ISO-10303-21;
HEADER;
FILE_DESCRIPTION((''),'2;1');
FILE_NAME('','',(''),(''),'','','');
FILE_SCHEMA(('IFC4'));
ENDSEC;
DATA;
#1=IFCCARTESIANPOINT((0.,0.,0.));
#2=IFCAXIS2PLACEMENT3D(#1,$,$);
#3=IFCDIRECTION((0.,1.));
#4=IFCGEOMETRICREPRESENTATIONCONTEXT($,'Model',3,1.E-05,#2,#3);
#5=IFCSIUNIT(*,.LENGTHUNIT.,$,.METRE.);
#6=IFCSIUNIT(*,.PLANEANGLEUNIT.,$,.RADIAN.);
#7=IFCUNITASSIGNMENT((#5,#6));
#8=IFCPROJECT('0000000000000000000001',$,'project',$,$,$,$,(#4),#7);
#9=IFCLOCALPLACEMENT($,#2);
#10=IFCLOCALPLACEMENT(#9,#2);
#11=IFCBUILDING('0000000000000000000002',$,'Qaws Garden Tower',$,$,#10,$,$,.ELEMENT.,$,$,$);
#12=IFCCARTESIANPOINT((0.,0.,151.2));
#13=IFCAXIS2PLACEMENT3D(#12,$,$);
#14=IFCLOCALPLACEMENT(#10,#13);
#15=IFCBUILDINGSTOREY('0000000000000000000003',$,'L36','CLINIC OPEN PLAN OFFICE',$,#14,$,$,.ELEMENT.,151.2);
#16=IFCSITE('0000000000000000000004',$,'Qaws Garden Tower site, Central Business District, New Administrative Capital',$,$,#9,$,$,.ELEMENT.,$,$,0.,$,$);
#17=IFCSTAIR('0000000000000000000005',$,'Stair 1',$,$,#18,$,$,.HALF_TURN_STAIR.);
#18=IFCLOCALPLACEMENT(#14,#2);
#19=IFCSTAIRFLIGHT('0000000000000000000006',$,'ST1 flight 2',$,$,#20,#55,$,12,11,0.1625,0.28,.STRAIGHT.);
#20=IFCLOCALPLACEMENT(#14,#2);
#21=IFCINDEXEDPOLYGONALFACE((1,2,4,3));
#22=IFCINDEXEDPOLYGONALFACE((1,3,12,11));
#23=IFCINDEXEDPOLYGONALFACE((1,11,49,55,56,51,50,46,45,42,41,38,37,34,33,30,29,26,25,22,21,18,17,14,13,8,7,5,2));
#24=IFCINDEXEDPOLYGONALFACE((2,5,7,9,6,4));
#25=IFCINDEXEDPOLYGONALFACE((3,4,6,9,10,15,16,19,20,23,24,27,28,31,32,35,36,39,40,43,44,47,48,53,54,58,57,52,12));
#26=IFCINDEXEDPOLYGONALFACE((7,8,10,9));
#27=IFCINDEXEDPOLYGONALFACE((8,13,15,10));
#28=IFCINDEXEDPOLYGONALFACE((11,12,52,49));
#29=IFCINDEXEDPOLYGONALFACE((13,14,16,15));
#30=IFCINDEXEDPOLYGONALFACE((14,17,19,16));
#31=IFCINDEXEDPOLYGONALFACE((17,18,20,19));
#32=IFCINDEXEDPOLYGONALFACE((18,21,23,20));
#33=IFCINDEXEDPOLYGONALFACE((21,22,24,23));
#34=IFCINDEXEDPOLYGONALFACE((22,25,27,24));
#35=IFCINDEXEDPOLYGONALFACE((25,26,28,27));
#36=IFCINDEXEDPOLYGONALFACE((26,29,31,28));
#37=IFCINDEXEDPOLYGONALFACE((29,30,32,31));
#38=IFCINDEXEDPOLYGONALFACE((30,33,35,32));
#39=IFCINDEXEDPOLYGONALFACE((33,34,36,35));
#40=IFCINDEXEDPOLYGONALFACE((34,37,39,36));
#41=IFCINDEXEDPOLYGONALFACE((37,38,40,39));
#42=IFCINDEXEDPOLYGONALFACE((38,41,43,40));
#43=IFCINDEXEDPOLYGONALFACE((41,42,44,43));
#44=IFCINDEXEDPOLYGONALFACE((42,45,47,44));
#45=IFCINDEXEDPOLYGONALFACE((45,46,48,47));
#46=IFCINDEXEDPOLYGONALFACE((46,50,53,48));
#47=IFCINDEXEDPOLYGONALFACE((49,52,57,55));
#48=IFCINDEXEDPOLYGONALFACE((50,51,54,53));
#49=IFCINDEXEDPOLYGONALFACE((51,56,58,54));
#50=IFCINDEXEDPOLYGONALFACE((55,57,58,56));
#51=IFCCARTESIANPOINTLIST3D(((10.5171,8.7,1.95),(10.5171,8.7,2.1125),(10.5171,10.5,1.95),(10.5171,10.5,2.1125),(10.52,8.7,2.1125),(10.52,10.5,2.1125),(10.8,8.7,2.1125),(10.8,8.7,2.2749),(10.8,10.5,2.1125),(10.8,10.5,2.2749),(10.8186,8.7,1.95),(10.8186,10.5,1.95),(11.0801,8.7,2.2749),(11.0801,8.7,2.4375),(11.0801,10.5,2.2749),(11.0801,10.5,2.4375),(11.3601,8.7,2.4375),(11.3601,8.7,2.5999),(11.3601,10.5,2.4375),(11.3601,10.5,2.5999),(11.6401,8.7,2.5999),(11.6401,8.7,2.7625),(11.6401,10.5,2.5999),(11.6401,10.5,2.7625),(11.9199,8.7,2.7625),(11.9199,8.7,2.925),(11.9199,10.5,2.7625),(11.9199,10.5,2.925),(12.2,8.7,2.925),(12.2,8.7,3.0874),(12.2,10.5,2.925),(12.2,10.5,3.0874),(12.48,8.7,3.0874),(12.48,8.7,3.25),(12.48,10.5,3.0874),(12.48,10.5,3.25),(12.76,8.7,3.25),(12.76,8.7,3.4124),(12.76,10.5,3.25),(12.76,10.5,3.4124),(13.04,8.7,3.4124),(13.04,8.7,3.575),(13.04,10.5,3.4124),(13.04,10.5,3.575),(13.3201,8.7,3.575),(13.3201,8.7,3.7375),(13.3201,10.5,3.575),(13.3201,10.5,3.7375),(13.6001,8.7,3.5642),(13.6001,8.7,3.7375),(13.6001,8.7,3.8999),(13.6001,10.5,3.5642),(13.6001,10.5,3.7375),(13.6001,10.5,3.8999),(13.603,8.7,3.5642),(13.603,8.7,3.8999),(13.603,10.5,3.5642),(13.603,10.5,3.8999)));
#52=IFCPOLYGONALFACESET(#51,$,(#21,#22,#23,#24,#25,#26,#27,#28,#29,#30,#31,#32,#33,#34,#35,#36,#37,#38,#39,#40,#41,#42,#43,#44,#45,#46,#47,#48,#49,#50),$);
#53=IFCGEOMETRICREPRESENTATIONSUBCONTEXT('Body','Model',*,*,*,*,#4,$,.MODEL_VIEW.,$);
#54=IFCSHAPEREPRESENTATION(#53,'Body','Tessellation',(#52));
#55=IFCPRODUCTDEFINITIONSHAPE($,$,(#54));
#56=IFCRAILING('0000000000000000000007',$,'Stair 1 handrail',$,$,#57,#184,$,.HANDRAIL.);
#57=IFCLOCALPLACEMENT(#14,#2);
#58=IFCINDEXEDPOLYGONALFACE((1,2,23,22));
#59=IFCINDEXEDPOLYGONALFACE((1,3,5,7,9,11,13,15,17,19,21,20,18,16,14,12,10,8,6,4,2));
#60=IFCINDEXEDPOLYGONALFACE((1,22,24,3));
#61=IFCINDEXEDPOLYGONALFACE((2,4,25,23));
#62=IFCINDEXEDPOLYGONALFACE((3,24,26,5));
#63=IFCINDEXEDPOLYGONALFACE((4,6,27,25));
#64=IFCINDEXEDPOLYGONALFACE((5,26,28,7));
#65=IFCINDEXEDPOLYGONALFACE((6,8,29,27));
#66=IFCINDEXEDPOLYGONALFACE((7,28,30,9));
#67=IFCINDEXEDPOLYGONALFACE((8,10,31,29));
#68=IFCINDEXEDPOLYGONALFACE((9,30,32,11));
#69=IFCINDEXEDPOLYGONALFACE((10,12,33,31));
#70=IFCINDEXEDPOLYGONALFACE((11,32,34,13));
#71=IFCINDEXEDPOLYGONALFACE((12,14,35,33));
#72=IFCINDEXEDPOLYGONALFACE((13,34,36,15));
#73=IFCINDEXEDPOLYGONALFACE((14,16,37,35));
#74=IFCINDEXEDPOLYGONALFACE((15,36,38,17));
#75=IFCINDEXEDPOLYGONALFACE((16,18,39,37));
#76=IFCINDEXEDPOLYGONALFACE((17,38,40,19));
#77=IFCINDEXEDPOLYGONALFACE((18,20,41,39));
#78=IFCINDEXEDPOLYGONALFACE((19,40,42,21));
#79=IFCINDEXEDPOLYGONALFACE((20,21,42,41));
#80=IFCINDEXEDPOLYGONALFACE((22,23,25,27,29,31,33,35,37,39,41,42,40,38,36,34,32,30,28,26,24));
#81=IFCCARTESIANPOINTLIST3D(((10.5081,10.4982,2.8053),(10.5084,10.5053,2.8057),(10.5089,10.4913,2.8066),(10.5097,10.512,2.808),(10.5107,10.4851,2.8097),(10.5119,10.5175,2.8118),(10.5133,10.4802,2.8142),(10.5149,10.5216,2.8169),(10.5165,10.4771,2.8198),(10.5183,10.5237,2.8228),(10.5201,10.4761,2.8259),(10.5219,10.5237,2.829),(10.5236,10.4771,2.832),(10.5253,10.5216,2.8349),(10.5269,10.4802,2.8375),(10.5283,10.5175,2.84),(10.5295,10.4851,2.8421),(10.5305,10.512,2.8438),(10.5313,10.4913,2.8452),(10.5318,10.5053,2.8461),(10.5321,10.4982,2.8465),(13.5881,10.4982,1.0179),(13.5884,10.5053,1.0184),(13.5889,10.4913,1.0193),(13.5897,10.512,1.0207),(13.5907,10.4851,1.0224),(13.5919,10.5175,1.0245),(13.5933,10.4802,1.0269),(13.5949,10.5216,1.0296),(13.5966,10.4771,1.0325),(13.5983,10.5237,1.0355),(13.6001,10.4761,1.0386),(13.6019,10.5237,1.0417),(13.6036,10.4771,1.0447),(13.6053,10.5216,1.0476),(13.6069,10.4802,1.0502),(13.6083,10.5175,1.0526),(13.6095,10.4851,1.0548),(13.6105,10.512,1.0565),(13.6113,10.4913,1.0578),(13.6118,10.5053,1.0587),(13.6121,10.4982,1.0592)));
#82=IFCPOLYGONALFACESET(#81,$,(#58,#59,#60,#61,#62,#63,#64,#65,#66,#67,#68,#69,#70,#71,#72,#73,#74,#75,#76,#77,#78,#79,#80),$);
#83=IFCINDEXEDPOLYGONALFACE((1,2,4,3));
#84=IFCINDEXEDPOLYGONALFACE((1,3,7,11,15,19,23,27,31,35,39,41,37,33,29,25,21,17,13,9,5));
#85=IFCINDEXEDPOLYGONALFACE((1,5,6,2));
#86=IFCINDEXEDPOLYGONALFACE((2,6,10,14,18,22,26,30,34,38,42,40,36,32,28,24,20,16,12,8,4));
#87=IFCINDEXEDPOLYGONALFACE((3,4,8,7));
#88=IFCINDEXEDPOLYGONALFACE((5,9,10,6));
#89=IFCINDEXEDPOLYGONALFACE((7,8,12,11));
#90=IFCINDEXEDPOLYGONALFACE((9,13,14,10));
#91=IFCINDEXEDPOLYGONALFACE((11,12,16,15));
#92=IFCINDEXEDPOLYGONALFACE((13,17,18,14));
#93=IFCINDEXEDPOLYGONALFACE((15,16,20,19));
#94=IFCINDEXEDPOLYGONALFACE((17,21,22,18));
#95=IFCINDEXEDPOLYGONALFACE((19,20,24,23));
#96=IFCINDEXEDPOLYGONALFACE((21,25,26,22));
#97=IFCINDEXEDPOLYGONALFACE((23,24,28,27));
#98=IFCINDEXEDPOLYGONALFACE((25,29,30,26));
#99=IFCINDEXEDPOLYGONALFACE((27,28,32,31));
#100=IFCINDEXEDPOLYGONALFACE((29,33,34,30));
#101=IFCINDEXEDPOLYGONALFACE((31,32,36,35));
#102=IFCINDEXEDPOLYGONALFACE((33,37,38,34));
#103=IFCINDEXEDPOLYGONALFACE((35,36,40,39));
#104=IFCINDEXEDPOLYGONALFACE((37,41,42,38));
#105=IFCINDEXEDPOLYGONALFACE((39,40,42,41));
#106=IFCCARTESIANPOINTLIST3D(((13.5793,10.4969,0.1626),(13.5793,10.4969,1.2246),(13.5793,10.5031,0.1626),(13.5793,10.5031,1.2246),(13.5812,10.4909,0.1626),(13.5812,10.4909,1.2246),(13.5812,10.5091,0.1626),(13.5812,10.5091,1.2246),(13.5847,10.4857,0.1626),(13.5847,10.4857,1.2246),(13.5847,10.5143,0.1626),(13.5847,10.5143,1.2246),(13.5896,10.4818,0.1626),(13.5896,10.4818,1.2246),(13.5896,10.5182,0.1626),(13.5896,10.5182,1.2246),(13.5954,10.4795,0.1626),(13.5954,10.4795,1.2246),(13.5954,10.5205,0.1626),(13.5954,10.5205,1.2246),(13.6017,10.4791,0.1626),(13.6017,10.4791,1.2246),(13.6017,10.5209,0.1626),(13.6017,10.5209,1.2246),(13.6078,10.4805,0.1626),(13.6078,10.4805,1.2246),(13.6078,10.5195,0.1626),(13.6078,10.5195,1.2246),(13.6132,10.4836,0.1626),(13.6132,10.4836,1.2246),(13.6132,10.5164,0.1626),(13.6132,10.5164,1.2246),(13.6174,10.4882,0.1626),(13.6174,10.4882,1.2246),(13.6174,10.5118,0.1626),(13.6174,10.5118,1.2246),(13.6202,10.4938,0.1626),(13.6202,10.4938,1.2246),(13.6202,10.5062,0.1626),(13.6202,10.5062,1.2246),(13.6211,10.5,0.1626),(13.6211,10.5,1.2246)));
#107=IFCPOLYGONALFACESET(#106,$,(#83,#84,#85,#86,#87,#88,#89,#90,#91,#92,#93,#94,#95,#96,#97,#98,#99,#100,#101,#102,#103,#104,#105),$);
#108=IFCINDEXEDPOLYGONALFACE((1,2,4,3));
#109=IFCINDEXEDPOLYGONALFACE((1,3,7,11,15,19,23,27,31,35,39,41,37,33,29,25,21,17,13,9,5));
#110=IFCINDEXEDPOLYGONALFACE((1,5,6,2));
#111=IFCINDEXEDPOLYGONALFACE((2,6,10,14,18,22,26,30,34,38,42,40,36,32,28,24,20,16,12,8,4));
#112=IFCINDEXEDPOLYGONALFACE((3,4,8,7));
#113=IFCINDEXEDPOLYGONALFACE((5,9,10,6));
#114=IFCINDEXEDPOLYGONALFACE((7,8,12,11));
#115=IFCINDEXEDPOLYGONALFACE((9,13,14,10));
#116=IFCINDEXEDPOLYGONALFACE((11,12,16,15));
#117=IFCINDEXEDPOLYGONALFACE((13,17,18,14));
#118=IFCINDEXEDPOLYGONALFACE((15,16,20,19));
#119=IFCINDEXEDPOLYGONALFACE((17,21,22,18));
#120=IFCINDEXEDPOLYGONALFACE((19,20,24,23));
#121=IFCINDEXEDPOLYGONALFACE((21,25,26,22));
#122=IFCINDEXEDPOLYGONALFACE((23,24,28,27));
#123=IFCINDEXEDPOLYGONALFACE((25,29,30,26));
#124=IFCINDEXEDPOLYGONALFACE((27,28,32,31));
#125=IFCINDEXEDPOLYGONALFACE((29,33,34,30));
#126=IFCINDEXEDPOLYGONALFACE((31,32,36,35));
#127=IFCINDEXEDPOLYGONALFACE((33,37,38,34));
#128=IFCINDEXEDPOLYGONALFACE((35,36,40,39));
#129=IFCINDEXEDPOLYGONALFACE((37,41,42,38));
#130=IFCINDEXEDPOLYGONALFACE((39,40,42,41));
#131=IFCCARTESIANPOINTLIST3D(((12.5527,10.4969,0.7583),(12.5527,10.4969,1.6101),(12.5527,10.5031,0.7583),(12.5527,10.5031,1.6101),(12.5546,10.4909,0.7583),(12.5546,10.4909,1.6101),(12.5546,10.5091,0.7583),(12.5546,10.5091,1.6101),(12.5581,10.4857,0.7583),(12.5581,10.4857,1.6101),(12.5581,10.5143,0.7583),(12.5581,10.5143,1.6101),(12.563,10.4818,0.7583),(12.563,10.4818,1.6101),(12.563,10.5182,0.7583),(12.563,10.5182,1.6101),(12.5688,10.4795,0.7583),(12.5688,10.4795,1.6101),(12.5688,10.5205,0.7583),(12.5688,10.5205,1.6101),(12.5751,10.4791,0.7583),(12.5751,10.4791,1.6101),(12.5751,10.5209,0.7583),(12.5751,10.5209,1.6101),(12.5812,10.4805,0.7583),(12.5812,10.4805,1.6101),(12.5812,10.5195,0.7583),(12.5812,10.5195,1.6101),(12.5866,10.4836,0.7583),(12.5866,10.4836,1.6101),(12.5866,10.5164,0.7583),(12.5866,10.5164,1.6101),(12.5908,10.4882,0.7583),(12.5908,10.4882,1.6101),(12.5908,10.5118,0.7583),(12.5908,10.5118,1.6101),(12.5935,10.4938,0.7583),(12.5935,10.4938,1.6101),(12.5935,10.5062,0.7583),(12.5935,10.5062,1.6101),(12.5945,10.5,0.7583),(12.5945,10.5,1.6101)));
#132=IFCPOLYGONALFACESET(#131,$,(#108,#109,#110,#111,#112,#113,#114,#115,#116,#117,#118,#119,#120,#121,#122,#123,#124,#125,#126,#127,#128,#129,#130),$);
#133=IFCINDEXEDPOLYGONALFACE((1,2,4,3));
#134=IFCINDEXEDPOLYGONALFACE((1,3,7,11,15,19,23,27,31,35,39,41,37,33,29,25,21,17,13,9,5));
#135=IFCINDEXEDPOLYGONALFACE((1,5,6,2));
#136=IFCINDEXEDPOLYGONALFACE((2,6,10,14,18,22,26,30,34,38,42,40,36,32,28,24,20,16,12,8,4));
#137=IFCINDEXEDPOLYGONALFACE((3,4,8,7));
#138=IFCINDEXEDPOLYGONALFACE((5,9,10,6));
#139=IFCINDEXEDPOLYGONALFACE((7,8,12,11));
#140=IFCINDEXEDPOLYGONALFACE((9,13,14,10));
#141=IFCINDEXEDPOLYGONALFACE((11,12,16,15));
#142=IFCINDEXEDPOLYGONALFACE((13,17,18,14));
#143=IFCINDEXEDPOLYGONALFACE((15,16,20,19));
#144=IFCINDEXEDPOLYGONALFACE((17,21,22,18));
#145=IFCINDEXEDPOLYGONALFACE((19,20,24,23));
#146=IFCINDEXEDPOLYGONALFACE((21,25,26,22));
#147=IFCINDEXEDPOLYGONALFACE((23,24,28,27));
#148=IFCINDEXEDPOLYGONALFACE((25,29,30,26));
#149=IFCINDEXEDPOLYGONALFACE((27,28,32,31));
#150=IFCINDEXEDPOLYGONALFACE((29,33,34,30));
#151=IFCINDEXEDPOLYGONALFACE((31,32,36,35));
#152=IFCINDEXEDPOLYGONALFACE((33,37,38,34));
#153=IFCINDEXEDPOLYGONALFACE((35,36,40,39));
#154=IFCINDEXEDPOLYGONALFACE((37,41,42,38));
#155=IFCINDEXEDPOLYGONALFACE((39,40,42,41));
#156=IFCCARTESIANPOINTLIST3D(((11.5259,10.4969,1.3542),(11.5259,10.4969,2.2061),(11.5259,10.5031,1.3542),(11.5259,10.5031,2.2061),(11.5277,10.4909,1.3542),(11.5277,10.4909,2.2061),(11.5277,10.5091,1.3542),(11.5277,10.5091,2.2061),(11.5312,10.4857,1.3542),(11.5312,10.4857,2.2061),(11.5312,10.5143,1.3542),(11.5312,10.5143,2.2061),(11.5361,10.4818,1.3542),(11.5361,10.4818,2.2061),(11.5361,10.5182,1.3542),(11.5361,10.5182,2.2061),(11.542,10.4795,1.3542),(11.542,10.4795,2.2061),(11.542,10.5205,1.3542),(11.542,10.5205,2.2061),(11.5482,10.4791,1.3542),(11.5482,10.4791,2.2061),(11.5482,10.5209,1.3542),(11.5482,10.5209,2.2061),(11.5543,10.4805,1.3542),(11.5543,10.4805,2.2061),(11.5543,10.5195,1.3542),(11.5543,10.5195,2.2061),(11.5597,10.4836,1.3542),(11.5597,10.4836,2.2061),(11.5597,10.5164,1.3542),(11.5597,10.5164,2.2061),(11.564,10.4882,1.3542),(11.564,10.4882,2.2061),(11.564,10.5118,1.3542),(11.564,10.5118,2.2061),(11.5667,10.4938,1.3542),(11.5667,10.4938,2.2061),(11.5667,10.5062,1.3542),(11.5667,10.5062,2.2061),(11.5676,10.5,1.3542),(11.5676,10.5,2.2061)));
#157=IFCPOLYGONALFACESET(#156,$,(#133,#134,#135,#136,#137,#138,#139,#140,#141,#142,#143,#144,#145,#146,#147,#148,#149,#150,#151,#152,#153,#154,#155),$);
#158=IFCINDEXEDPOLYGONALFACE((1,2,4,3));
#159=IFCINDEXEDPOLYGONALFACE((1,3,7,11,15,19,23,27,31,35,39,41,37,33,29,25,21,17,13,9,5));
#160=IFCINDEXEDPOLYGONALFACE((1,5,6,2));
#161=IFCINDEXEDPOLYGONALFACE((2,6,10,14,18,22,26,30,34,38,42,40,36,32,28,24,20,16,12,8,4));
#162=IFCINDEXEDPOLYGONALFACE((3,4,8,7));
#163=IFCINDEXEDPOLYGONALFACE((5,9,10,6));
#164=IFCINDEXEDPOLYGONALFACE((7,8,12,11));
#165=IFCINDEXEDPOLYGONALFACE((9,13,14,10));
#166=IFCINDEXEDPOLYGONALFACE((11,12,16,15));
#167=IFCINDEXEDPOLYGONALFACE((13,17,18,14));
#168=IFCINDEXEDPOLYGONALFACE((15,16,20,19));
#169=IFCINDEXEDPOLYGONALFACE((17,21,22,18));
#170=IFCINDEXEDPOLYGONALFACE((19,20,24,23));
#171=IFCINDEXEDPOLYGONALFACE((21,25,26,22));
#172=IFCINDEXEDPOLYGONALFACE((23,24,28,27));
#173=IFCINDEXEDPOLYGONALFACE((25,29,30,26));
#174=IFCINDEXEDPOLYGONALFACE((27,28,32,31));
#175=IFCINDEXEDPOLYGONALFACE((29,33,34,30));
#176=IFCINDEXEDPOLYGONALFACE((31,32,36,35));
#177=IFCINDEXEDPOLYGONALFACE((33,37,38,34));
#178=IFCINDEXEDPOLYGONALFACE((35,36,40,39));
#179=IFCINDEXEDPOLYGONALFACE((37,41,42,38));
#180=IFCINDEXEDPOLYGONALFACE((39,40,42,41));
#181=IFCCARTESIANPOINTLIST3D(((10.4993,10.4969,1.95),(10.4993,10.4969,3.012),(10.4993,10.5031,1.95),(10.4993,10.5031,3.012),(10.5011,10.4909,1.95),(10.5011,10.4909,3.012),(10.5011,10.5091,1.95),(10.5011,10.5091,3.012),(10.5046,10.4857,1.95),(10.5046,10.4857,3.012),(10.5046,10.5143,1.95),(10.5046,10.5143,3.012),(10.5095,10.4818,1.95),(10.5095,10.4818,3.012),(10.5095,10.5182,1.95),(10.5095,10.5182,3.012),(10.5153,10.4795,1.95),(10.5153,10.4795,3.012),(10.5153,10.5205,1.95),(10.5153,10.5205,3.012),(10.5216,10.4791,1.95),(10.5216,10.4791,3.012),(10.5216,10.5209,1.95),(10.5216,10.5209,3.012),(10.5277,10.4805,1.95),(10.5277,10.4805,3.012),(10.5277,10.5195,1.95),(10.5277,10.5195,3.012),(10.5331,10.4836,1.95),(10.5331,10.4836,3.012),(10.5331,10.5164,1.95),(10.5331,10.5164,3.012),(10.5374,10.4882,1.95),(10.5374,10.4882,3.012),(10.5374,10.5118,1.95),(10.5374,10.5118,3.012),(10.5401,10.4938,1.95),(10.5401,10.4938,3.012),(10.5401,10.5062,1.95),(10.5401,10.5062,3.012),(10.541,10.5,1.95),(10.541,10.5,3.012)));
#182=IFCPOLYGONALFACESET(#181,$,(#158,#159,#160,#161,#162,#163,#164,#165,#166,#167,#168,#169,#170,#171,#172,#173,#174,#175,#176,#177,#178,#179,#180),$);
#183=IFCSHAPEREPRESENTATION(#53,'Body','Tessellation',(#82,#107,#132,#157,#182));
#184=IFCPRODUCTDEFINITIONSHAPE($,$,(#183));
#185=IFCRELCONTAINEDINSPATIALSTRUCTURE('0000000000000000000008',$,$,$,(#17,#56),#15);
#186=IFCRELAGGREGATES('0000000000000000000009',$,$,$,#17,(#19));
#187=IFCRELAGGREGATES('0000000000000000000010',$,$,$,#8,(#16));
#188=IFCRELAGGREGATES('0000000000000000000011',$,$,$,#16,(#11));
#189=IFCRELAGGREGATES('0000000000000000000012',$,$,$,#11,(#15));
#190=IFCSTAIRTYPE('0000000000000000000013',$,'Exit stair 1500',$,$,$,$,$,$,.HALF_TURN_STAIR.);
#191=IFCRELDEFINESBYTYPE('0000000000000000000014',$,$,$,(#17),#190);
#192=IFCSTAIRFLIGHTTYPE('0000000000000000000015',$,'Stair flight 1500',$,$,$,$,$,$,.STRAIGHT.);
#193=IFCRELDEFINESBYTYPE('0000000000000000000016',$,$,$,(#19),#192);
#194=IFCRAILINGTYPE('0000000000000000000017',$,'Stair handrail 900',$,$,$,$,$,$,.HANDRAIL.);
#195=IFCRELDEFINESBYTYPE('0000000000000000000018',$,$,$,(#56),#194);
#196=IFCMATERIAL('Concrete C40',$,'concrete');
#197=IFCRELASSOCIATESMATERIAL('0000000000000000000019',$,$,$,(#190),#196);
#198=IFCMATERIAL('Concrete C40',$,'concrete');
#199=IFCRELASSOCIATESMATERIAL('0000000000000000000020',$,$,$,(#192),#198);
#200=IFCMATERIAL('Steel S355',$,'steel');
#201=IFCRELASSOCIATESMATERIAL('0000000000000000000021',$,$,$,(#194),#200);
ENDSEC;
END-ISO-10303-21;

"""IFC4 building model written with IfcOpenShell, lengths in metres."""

from ifc_helpers import new_model, si_unit, direction, frame, origin, origin_2d, place, context, subcontext, project, spatial, polyline, circle, outline, extrude, material, type_object, element, aggregate, save


model = new_model("IFC4")

# Units and contexts
model_context = context("Model", 3, precision=1e-05, world=origin(), true_north=direction((0.0, 1.0)))
body_context = subcontext(model_context, "Body", "Model", "MODEL_VIEW")
ifc_project = project(units=[si_unit("LENGTHUNIT", "METRE"), si_unit("PLANEANGLEUNIT", "RADIAN")], contexts=[model_context])

# Site, building, storey
site_placement = place(None, origin())
site = spatial("IfcSite", under=ifc_project, at=site_placement, Name="Qaws Garden Tower site, Central Business District, New Administrative Capital", CompositionType="ELEMENT", RefElevation=0.0)
building_placement = place(site_placement, origin())
building = spatial("IfcBuilding", under=site, at=building_placement, Name="Qaws Garden Tower", CompositionType="ELEMENT")
storey_placement = place(building_placement, frame((0.0, 0.0, 151.2)))
storey = spatial("IfcBuildingStorey", under=building, at=storey_placement, Name="L36", Description="CLINIC OPEN PLAN OFFICE", CompositionType="ELEMENT", Elevation=151.2)

# Stair, stair flight
ifc_material_1 = material(Name="Concrete C40", Category="concrete")
stair_type = type_object("IfcStairType", Name="Exit stair 1500", PredefinedType="HALF_TURN_STAIR", material=ifc_material_1)
stair_placement = place(storey_placement, origin())
stair = element("IfcStair", 1, at=stair_placement, inside=storey, type_object=stair_type, Name="Stair 1", PredefinedType="HALF_TURN_STAIR")
ifc_material_2 = material(Name="Concrete C40", Category="concrete")
stair_flight_type = type_object("IfcStairFlightType", Name="Stair flight 1500", PredefinedType="STRAIGHT", material=ifc_material_2)
stair_flight_1_placement = place(storey_placement, frame((10.52, 9.6001, 1.95), z_axis=(0.0, 0.0, 1.0), x_axis=(1.0, 0.0, 0.0)))
stair_flight_1 = element("IfcStairFlight", 2, at=stair_flight_1_placement, type_object=stair_flight_type, Name="ST1 flight 2", NumberOfRisers=12, NumberOfTreads=11, PredefinedType="STRAIGHT", RiserHeight=0.1625, TreadLength=0.28, context=body_context, shape_type="SweptSolid", body=[
    extrude(outline(polyline([(-0.0029, 0.0), (-0.0029, 0.1626), (0.0, 0.1626), (0.28, 0.1626), (0.28, 0.325), (0.5601, 0.325), (0.5601, 0.4875), (0.8401, 0.4875), (0.8401, 0.6499), (1.1201, 0.6499), (1.1201, 0.8125), (1.3999, 0.8125), (1.3999, 0.9751), (1.6799, 0.9751), (1.6799, 1.1375), (1.96, 1.1375), (1.96, 1.3), (2.24, 1.3), (2.24, 1.4624), (2.52, 1.4624), (2.52, 1.625), (2.8, 1.625), (2.8, 1.7876), (3.0801, 1.7876), (3.0801, 1.95), (3.083, 1.95), (3.083, 1.6143), (3.0801, 1.6143), (0.2986, 0.0), (-0.0029, 0.0)])), frame((0.0, 0.8999, 0.0), z_axis=(0.0, -1.0, 0.0), x_axis=(1.0, 0.0, 0.0)), (0.0, 0.0, 1.0), 1.8),
])
aggregate(stair, [stair_flight_1])

# Railing
ifc_material_3 = material(Name="Steel S355", Category="steel")
railing_type = type_object("IfcRailingType", Name="Stair handrail 900", PredefinedType="HANDRAIL", material=ifc_material_3)
railing_1_placement = place(storey_placement, frame((13.6001, 10.5, 0.1626)))
element("IfcRailing", 3, at=railing_1_placement, inside=storey, type_object=railing_type, Name="Stair 1 handrail", PredefinedType="HANDRAIL", context=body_context, shape_type="SweptSolid", body=[
    extrude(circle(Radius=0.0239, at=origin_2d()), frame((0.0, 0.0, 0.876), z_axis=(-0.86492, 0.0, 0.501909), x_axis=(0.0, -1.0, 0.0)), (0.0, 0.0, 1.0), 3.561),
    extrude(circle(Radius=0.021, at=origin_2d()), origin(), (0.0, 0.0, 1.0), 1.062),
    extrude(circle(Radius=0.021, at=origin_2d()), frame((-1.0266, 0.0, 0.5957)), (0.0, 0.0, 1.0), 0.8518),
    extrude(circle(Radius=0.021, at=origin_2d()), frame((-2.0535, 0.0, 1.1917)), (0.0, 0.0, 1.0), 0.8518),
    extrude(circle(Radius=0.021, at=origin_2d()), frame((-3.0801, 0.0, 1.7874)), (0.0, 0.0, 1.0), 1.062),
])

save(model, "model.ifc")
